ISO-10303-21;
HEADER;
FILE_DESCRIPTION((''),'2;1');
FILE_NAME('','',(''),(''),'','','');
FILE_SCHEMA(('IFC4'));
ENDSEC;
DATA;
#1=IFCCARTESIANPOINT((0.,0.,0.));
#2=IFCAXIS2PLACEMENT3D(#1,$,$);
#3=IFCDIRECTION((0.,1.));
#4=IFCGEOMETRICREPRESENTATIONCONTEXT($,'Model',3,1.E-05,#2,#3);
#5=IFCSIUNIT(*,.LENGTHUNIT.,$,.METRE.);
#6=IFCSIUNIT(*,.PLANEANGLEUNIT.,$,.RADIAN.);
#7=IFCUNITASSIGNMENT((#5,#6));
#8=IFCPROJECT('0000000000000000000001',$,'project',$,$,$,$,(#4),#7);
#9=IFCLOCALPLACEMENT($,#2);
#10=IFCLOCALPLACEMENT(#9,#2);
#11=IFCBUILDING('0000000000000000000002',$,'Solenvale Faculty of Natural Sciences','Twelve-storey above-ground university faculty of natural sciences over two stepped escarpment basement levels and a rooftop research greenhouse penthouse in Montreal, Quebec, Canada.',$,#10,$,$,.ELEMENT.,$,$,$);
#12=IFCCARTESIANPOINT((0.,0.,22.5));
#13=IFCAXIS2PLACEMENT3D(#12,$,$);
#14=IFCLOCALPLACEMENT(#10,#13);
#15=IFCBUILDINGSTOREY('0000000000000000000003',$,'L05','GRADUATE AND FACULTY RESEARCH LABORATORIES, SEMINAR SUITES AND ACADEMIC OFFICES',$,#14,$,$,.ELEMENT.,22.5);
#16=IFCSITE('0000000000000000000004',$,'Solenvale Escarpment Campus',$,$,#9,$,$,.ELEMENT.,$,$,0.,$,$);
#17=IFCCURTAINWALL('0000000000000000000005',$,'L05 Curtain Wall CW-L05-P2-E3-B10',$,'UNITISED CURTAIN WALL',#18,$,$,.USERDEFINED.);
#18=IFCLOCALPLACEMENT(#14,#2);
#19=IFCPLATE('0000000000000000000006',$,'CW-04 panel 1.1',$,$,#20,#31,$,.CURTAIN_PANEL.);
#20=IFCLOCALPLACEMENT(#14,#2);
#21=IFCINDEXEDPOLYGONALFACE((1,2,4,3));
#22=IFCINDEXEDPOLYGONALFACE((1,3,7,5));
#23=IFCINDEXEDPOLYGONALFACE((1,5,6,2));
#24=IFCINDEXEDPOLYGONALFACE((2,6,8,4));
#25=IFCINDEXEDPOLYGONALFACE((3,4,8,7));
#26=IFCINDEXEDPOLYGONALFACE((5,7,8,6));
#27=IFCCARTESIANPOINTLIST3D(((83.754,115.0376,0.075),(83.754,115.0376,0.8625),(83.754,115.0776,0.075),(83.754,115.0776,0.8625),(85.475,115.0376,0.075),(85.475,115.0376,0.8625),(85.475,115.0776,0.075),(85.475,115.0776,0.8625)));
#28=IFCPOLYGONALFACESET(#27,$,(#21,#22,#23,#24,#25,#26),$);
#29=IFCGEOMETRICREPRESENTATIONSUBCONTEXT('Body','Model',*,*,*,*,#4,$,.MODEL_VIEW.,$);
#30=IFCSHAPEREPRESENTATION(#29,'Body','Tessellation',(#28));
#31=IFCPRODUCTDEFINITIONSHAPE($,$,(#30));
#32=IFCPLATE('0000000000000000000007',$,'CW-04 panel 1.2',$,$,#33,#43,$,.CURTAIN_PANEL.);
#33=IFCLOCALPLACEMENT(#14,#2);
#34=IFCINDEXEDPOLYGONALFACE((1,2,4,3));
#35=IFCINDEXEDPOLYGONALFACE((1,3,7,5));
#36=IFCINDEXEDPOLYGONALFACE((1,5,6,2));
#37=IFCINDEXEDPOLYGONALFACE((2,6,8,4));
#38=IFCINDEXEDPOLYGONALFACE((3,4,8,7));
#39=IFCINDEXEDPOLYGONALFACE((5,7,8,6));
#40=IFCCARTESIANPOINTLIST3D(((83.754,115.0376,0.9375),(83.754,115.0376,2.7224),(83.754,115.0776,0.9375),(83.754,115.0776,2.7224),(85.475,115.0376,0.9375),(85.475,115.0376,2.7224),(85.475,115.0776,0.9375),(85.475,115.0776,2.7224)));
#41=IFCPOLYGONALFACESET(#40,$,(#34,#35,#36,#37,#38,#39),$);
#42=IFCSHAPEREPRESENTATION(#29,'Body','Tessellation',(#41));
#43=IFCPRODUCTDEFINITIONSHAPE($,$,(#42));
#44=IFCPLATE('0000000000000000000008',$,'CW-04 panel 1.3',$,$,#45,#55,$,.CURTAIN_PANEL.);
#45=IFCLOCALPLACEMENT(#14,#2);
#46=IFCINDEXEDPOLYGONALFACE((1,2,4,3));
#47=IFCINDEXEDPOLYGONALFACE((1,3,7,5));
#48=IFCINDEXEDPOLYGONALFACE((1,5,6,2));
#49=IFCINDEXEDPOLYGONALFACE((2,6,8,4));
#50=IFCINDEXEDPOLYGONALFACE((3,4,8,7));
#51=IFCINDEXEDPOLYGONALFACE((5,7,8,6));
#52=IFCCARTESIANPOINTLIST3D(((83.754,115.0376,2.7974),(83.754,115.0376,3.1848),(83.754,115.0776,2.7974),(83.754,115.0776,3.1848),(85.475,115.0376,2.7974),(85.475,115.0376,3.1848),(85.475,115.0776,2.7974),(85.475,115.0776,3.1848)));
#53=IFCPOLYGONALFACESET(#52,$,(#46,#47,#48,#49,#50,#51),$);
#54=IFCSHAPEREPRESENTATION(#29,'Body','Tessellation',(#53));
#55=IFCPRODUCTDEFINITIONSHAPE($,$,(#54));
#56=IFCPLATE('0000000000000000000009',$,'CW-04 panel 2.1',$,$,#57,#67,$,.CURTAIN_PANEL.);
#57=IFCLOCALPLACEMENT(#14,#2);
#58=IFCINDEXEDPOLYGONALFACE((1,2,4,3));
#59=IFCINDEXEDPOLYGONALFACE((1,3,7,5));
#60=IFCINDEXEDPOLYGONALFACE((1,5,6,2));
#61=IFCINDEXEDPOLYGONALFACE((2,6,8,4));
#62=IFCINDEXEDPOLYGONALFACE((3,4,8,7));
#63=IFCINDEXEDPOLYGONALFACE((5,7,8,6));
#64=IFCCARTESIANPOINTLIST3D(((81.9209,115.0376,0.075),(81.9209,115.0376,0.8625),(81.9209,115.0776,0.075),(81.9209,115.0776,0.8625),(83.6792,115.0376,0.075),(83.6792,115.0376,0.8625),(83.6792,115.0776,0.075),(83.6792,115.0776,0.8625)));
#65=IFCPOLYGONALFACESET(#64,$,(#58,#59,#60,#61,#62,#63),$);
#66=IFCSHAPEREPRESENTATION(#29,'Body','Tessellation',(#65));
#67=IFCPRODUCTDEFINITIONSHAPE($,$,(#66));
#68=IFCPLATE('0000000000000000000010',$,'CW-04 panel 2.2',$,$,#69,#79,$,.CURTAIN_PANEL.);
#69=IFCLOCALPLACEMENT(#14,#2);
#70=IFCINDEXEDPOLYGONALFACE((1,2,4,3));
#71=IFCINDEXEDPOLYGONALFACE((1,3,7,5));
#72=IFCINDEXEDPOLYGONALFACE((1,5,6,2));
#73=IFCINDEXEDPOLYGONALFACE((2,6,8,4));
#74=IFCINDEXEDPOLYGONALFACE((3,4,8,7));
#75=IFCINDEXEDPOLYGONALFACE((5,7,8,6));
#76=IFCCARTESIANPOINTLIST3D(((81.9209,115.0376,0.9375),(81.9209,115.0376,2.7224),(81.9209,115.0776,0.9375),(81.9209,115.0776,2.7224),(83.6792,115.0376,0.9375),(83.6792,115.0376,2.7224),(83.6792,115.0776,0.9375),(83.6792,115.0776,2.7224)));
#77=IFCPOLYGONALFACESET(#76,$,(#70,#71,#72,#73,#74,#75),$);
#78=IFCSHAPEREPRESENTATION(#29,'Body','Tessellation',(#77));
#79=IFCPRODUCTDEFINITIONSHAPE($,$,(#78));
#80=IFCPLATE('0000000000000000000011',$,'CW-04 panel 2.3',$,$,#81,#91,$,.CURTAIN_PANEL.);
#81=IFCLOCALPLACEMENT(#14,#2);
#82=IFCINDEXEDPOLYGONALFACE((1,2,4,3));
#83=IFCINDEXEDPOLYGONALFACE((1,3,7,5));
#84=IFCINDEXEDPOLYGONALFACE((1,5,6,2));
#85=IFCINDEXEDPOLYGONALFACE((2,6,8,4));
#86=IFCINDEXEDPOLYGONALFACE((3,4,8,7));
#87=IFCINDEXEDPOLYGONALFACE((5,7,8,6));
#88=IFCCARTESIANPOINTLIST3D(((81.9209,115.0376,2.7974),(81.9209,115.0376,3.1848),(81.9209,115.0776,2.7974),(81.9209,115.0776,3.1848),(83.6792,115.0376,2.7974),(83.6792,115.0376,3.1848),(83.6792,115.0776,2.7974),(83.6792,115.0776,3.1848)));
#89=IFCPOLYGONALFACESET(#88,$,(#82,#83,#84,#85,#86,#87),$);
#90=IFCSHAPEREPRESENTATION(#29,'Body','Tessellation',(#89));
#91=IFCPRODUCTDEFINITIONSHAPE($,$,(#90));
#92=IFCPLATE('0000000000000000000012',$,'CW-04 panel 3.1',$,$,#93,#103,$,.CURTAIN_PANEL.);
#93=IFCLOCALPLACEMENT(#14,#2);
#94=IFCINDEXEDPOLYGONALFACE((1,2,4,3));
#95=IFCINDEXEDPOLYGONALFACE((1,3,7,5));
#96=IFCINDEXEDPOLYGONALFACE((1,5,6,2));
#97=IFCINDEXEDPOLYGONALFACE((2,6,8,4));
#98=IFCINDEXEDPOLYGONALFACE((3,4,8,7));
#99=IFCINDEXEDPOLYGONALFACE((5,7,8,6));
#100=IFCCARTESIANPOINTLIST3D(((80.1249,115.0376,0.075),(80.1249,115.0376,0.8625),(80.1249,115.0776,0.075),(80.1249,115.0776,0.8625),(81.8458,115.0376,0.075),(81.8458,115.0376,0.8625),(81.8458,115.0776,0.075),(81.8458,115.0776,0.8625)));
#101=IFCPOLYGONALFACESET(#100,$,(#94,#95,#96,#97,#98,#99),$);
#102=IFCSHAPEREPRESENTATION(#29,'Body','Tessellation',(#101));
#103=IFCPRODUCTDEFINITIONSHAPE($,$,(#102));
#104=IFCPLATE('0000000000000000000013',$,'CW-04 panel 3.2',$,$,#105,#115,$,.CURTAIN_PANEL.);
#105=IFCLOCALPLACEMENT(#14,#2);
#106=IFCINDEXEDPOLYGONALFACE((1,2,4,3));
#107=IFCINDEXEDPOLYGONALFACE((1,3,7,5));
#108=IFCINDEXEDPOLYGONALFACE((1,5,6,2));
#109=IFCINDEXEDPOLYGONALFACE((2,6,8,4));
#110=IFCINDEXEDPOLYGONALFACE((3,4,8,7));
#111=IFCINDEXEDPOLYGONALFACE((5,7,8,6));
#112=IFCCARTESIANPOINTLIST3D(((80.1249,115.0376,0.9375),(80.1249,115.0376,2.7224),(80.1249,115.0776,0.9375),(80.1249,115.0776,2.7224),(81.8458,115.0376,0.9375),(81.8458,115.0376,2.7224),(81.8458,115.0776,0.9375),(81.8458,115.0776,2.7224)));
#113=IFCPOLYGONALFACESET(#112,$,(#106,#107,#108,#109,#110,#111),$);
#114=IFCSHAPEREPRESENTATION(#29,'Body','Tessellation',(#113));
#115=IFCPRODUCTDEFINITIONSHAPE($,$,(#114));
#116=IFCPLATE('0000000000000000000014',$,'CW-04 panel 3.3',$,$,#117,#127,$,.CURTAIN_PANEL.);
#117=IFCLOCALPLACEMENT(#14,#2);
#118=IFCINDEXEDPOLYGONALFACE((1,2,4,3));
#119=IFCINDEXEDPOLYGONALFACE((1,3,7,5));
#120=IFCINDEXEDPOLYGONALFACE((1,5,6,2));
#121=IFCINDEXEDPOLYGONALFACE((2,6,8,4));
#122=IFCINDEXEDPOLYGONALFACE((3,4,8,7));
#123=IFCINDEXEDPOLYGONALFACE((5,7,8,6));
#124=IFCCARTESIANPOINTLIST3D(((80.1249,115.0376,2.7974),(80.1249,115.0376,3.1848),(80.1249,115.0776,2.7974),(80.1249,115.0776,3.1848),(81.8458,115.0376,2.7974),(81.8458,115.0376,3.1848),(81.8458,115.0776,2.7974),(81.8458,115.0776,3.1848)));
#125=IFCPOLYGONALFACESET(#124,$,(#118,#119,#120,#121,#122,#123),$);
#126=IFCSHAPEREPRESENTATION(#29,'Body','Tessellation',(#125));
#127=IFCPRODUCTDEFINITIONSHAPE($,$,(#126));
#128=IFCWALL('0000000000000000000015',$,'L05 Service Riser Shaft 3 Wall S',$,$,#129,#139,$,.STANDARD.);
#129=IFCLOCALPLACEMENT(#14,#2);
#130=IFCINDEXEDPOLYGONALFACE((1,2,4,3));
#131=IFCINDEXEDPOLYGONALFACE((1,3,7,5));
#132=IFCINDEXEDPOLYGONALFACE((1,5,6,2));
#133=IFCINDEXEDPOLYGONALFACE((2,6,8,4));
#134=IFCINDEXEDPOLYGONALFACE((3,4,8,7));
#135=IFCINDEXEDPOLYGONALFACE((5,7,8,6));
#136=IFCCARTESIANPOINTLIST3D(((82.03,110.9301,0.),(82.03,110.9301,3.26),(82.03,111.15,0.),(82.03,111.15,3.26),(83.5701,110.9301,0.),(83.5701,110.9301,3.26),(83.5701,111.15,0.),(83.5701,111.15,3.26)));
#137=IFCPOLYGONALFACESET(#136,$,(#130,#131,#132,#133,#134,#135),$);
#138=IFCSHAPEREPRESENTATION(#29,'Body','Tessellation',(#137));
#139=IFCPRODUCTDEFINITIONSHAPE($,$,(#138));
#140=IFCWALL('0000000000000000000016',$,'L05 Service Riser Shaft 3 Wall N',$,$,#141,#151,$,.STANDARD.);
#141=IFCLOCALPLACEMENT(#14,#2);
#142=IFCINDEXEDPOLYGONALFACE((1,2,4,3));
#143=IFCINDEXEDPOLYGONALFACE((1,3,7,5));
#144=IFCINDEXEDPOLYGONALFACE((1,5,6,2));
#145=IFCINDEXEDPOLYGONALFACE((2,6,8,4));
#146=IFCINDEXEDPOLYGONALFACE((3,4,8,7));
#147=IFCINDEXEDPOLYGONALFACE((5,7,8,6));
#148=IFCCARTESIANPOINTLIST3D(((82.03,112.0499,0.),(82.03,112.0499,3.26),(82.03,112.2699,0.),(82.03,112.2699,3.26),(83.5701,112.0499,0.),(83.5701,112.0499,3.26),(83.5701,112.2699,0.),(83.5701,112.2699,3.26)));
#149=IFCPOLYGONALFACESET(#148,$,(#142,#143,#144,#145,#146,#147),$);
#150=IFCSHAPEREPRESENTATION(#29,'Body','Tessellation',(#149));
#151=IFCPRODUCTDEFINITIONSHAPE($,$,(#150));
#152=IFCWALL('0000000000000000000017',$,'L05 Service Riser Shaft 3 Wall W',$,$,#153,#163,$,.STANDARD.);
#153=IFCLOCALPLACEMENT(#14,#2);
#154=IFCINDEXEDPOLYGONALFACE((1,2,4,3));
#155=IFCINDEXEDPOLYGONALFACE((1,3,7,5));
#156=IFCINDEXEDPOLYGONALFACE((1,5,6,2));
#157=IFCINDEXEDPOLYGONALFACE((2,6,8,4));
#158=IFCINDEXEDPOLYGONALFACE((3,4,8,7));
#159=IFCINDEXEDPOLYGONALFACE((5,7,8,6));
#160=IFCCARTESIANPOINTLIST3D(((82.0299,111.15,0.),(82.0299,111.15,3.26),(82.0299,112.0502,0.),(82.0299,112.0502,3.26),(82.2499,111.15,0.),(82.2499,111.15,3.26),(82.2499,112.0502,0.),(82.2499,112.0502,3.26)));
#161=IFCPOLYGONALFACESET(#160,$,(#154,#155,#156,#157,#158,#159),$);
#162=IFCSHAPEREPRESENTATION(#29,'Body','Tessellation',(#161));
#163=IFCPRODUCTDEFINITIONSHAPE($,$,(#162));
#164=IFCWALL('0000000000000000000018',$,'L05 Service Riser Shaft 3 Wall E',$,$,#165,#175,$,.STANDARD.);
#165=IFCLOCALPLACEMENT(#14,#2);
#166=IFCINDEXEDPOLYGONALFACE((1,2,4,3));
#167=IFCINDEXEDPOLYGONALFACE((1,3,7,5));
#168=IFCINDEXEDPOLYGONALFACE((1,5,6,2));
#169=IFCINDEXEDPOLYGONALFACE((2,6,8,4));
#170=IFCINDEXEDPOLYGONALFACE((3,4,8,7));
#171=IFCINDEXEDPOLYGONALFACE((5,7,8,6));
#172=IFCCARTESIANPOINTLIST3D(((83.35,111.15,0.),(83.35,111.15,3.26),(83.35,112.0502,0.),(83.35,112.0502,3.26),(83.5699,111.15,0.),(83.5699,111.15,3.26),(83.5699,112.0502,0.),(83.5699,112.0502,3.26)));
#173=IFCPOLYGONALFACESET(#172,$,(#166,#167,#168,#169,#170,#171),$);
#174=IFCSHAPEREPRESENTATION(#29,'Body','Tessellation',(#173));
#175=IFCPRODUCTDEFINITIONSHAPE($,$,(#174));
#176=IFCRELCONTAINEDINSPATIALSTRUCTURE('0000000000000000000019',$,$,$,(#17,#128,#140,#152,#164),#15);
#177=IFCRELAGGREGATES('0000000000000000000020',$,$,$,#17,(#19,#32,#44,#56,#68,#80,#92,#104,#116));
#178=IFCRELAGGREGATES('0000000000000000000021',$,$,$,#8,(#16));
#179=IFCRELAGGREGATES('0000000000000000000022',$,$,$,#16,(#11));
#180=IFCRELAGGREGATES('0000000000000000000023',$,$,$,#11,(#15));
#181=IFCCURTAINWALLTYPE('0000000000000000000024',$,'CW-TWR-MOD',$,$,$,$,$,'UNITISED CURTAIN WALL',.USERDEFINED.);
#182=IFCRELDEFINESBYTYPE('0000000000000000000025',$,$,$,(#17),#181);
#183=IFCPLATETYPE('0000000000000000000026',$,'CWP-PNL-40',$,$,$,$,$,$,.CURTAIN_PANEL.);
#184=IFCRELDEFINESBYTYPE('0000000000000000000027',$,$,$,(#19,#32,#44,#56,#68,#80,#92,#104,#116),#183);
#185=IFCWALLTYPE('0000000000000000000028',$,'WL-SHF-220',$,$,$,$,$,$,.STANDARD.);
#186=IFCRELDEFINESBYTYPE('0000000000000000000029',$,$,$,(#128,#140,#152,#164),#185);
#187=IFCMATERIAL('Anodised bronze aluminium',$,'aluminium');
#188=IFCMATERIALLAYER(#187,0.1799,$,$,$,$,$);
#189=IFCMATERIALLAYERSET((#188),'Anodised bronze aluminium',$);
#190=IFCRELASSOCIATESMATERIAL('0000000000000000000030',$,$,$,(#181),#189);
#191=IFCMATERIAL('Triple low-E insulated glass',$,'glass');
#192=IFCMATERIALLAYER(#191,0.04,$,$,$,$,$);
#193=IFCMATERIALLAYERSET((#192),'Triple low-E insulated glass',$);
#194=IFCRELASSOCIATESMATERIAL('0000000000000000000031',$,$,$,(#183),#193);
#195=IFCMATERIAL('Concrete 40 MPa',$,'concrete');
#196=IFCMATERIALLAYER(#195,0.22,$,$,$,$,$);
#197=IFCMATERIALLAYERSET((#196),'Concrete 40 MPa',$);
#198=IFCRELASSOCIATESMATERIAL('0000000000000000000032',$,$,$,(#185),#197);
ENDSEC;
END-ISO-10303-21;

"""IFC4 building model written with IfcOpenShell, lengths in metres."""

from ifc_helpers import new_model, si_unit, direction, frame, frame_2d, origin, origin_2d, place, context, subcontext, project, spatial, rectangle, extrude, material, layer, layer_set, type_object, element, aggregate, save


model = new_model("IFC4")

# Units and contexts
model_context = context("Model", 3, precision=1e-05, world=origin(), true_north=direction((0.0, 1.0)))
body_context = subcontext(model_context, "Body", "Model", "MODEL_VIEW")
ifc_project = project(units=[si_unit("LENGTHUNIT", "METRE"), si_unit("PLANEANGLEUNIT", "RADIAN")], contexts=[model_context])

# Site, building, storey
site_placement = place(None, origin())
site = spatial("IfcSite", under=ifc_project, at=site_placement, Name="Solenvale Escarpment Campus", CompositionType="ELEMENT", RefElevation=0.0)
building_placement = place(site_placement, origin())
building = spatial("IfcBuilding", under=site, at=building_placement, Name="Solenvale Faculty of Natural Sciences", Description="Twelve-storey above-ground university faculty of natural sciences over two stepped escarpment basement levels and a rooftop research greenhouse penthouse in Montreal, Quebec, Canada.", CompositionType="ELEMENT")
storey_placement = place(building_placement, frame((0.0, 0.0, 22.5)))
storey = spatial("IfcBuildingStorey", under=building, at=storey_placement, Name="L05", Description="GRADUATE AND FACULTY RESEARCH LABORATORIES, SEMINAR SUITES AND ACADEMIC OFFICES", CompositionType="ELEMENT", Elevation=22.5)

# Shared definitions
ifc_material_1 = material(Name="Concrete 40 MPa", Category="concrete")

# Curtain wall, plates
ifc_material_2 = material(Name="Anodised bronze aluminium", Category="aluminium")
ifc_layer_1 = layer(ifc_material_2, 0.1799)
ifc_layer_set_1 = layer_set([ifc_layer_1], Name="Anodised bronze aluminium")
curtain_wall_type = type_object("IfcCurtainWallType", Name="CW-TWR-MOD", ElementType="UNITISED CURTAIN WALL", PredefinedType="USERDEFINED", material=ifc_layer_set_1)
curtain_wall_placement = place(storey_placement, origin())
curtain_wall = element("IfcCurtainWall", 1, at=curtain_wall_placement, inside=storey, type_object=curtain_wall_type, Name="L05 Curtain Wall CW-L05-P2-E3-B10", ObjectType="UNITISED CURTAIN WALL", PredefinedType="USERDEFINED")
ifc_material_3 = material(Name="Triple low-E insulated glass", Category="glass")
ifc_layer_2 = layer(ifc_material_3, 0.04)
ifc_layer_set_2 = layer_set([ifc_layer_2], Name="Triple low-E insulated glass")
plate_type = type_object("IfcPlateType", Name="CWP-PNL-40", PredefinedType="CURTAIN_PANEL", material=ifc_layer_set_2)
plate_1_placement = place(storey_placement, frame((84.6145, 115.0576, 0.075), z_axis=(0.0, 0.0, 1.0), x_axis=(-1.0, 0.0, 0.0)))
plate_1 = element("IfcPlate", 2, at=plate_1_placement, type_object=plate_type, Name="CW-04 panel 1.1", PredefinedType="CURTAIN_PANEL", context=body_context, shape_type="SweptSolid", body=[
    extrude(rectangle(XDim=1.7209, YDim=0.04, at=origin_2d()), origin(), (0.0, 0.0, 1.0), 0.7876),
])
plate_2_placement = place(storey_placement, frame((84.6145, 115.0576, 0.9375), z_axis=(0.0, 0.0, 1.0), x_axis=(-1.0, 0.0, 0.0)))
plate_2 = element("IfcPlate", 3, at=plate_2_placement, type_object=plate_type, Name="CW-04 panel 1.2", PredefinedType="CURTAIN_PANEL", context=body_context, shape_type="SweptSolid", body=[
    extrude(rectangle(XDim=1.7209, YDim=0.04, at=origin_2d()), origin(), (0.0, 0.0, 1.0), 1.7849),
])
plate_3_placement = place(storey_placement, frame((84.6145, 115.0576, 2.7974), z_axis=(0.0, 0.0, 1.0), x_axis=(-1.0, 0.0, 0.0)))
plate_3 = element("IfcPlate", 4, at=plate_3_placement, type_object=plate_type, Name="CW-04 panel 1.3", PredefinedType="CURTAIN_PANEL", context=body_context, shape_type="SweptSolid", body=[
    extrude(rectangle(XDim=1.7209, YDim=0.04, at=origin_2d()), origin(), (0.0, 0.0, 1.0), 0.3875),
])
plate_4_placement = place(storey_placement, frame((82.8, 115.0576, 0.075), z_axis=(0.0, 0.0, 1.0), x_axis=(-1.0, 0.0, 0.0)))
plate_4 = element("IfcPlate", 5, at=plate_4_placement, type_object=plate_type, Name="CW-04 panel 2.1", PredefinedType="CURTAIN_PANEL", context=body_context, shape_type="SweptSolid", body=[
    extrude(rectangle(XDim=1.7583, YDim=0.04, at=origin_2d()), origin(), (0.0, 0.0, 1.0), 0.7876),
])
plate_5_placement = place(storey_placement, frame((82.8, 115.0576, 0.9375), z_axis=(0.0, 0.0, 1.0), x_axis=(-1.0, 0.0, 0.0)))
plate_5 = element("IfcPlate", 6, at=plate_5_placement, type_object=plate_type, Name="CW-04 panel 2.2", PredefinedType="CURTAIN_PANEL", context=body_context, shape_type="SweptSolid", body=[
    extrude(rectangle(XDim=1.7583, YDim=0.04, at=origin_2d()), origin(), (0.0, 0.0, 1.0), 1.7849),
])
plate_6_placement = place(storey_placement, frame((82.8, 115.0576, 2.7974), z_axis=(0.0, 0.0, 1.0), x_axis=(-1.0, 0.0, 0.0)))
plate_6 = element("IfcPlate", 7, at=plate_6_placement, type_object=plate_type, Name="CW-04 panel 2.3", PredefinedType="CURTAIN_PANEL", context=body_context, shape_type="SweptSolid", body=[
    extrude(rectangle(XDim=1.7583, YDim=0.04, at=origin_2d()), origin(), (0.0, 0.0, 1.0), 0.3875),
])
plate_7_placement = place(storey_placement, frame((80.9854, 115.0576, 0.075), z_axis=(0.0, 0.0, 1.0), x_axis=(-1.0, 0.0, 0.0)))
plate_7 = element("IfcPlate", 8, at=plate_7_placement, type_object=plate_type, Name="CW-04 panel 3.1", PredefinedType="CURTAIN_PANEL", context=body_context, shape_type="SweptSolid", body=[
    extrude(rectangle(XDim=1.7209, YDim=0.04, at=origin_2d()), origin(), (0.0, 0.0, 1.0), 0.7876),
])
plate_8_placement = place(storey_placement, frame((80.9854, 115.0576, 0.9375), z_axis=(0.0, 0.0, 1.0), x_axis=(-1.0, 0.0, 0.0)))
plate_8 = element("IfcPlate", 9, at=plate_8_placement, type_object=plate_type, Name="CW-04 panel 3.2", PredefinedType="CURTAIN_PANEL", context=body_context, shape_type="SweptSolid", body=[
    extrude(rectangle(XDim=1.7209, YDim=0.04, at=origin_2d()), origin(), (0.0, 0.0, 1.0), 1.7849),
])
plate_9_placement = place(storey_placement, frame((80.9854, 115.0576, 2.7974), z_axis=(0.0, 0.0, 1.0), x_axis=(-1.0, 0.0, 0.0)))
plate_9 = element("IfcPlate", 10, at=plate_9_placement, type_object=plate_type, Name="CW-04 panel 3.3", PredefinedType="CURTAIN_PANEL", context=body_context, shape_type="SweptSolid", body=[
    extrude(rectangle(XDim=1.7209, YDim=0.04, at=origin_2d()), origin(), (0.0, 0.0, 1.0), 0.3875),
])
aggregate(curtain_wall, [plate_1, plate_2, plate_3, plate_4, plate_5, plate_6, plate_7, plate_8, plate_9])

# Walls
ifc_layer_3 = layer(ifc_material_1, 0.22)
ifc_layer_set_3 = layer_set([ifc_layer_3], Name="Concrete 40 MPa")
wall_type = type_object("IfcWallType", Name="WL-SHF-220", PredefinedType="STANDARD", material=ifc_layer_set_3)
for number, where, z_axis, x_axis, name in (
    (11, (82.03, 111.04, 0.0), (0.0, 0.0, 1.0), (1.0, 0.0, 0.0), "L05 Service Riser Shaft 3 Wall S"),
    (12, (82.03, 112.1599, 0.0), (0.0, 0.0, 1.0), (1.0, 0.0, 0.0), "L05 Service Riser Shaft 3 Wall N"),
):
    element("IfcWall", number, at=place(storey_placement, frame(where, z_axis=z_axis, x_axis=x_axis)), inside=storey, type_object=wall_type, Name=name, PredefinedType="STANDARD", context=body_context, shape_type="SweptSolid", body=[
        extrude(rectangle(XDim=1.54, YDim=0.22, at=frame_2d((0.77, 0.0))), origin(), (0.0, 0.0, 1.0), 3.26),
    ])
for number, where, z_axis, x_axis, name in (
    (13, (82.1399, 111.1499, 0.0), (0.0, 0.0, 1.0), (0.0, 1.0, 0.0), "L05 Service Riser Shaft 3 Wall W"),
    (14, (83.46, 111.1499, 0.0), (0.0, 0.0, 1.0), (0.0, 1.0, 0.0), "L05 Service Riser Shaft 3 Wall E"),
):
    element("IfcWall", number, at=place(storey_placement, frame(where, z_axis=z_axis, x_axis=x_axis)), inside=storey, type_object=wall_type, Name=name, PredefinedType="STANDARD", context=body_context, shape_type="SweptSolid", body=[
        extrude(rectangle(XDim=0.9001, YDim=0.22, at=frame_2d((0.4502, 0.0))), origin(), (0.0, 0.0, 1.0), 3.26),
    ])

save(model, "model.ifc")
